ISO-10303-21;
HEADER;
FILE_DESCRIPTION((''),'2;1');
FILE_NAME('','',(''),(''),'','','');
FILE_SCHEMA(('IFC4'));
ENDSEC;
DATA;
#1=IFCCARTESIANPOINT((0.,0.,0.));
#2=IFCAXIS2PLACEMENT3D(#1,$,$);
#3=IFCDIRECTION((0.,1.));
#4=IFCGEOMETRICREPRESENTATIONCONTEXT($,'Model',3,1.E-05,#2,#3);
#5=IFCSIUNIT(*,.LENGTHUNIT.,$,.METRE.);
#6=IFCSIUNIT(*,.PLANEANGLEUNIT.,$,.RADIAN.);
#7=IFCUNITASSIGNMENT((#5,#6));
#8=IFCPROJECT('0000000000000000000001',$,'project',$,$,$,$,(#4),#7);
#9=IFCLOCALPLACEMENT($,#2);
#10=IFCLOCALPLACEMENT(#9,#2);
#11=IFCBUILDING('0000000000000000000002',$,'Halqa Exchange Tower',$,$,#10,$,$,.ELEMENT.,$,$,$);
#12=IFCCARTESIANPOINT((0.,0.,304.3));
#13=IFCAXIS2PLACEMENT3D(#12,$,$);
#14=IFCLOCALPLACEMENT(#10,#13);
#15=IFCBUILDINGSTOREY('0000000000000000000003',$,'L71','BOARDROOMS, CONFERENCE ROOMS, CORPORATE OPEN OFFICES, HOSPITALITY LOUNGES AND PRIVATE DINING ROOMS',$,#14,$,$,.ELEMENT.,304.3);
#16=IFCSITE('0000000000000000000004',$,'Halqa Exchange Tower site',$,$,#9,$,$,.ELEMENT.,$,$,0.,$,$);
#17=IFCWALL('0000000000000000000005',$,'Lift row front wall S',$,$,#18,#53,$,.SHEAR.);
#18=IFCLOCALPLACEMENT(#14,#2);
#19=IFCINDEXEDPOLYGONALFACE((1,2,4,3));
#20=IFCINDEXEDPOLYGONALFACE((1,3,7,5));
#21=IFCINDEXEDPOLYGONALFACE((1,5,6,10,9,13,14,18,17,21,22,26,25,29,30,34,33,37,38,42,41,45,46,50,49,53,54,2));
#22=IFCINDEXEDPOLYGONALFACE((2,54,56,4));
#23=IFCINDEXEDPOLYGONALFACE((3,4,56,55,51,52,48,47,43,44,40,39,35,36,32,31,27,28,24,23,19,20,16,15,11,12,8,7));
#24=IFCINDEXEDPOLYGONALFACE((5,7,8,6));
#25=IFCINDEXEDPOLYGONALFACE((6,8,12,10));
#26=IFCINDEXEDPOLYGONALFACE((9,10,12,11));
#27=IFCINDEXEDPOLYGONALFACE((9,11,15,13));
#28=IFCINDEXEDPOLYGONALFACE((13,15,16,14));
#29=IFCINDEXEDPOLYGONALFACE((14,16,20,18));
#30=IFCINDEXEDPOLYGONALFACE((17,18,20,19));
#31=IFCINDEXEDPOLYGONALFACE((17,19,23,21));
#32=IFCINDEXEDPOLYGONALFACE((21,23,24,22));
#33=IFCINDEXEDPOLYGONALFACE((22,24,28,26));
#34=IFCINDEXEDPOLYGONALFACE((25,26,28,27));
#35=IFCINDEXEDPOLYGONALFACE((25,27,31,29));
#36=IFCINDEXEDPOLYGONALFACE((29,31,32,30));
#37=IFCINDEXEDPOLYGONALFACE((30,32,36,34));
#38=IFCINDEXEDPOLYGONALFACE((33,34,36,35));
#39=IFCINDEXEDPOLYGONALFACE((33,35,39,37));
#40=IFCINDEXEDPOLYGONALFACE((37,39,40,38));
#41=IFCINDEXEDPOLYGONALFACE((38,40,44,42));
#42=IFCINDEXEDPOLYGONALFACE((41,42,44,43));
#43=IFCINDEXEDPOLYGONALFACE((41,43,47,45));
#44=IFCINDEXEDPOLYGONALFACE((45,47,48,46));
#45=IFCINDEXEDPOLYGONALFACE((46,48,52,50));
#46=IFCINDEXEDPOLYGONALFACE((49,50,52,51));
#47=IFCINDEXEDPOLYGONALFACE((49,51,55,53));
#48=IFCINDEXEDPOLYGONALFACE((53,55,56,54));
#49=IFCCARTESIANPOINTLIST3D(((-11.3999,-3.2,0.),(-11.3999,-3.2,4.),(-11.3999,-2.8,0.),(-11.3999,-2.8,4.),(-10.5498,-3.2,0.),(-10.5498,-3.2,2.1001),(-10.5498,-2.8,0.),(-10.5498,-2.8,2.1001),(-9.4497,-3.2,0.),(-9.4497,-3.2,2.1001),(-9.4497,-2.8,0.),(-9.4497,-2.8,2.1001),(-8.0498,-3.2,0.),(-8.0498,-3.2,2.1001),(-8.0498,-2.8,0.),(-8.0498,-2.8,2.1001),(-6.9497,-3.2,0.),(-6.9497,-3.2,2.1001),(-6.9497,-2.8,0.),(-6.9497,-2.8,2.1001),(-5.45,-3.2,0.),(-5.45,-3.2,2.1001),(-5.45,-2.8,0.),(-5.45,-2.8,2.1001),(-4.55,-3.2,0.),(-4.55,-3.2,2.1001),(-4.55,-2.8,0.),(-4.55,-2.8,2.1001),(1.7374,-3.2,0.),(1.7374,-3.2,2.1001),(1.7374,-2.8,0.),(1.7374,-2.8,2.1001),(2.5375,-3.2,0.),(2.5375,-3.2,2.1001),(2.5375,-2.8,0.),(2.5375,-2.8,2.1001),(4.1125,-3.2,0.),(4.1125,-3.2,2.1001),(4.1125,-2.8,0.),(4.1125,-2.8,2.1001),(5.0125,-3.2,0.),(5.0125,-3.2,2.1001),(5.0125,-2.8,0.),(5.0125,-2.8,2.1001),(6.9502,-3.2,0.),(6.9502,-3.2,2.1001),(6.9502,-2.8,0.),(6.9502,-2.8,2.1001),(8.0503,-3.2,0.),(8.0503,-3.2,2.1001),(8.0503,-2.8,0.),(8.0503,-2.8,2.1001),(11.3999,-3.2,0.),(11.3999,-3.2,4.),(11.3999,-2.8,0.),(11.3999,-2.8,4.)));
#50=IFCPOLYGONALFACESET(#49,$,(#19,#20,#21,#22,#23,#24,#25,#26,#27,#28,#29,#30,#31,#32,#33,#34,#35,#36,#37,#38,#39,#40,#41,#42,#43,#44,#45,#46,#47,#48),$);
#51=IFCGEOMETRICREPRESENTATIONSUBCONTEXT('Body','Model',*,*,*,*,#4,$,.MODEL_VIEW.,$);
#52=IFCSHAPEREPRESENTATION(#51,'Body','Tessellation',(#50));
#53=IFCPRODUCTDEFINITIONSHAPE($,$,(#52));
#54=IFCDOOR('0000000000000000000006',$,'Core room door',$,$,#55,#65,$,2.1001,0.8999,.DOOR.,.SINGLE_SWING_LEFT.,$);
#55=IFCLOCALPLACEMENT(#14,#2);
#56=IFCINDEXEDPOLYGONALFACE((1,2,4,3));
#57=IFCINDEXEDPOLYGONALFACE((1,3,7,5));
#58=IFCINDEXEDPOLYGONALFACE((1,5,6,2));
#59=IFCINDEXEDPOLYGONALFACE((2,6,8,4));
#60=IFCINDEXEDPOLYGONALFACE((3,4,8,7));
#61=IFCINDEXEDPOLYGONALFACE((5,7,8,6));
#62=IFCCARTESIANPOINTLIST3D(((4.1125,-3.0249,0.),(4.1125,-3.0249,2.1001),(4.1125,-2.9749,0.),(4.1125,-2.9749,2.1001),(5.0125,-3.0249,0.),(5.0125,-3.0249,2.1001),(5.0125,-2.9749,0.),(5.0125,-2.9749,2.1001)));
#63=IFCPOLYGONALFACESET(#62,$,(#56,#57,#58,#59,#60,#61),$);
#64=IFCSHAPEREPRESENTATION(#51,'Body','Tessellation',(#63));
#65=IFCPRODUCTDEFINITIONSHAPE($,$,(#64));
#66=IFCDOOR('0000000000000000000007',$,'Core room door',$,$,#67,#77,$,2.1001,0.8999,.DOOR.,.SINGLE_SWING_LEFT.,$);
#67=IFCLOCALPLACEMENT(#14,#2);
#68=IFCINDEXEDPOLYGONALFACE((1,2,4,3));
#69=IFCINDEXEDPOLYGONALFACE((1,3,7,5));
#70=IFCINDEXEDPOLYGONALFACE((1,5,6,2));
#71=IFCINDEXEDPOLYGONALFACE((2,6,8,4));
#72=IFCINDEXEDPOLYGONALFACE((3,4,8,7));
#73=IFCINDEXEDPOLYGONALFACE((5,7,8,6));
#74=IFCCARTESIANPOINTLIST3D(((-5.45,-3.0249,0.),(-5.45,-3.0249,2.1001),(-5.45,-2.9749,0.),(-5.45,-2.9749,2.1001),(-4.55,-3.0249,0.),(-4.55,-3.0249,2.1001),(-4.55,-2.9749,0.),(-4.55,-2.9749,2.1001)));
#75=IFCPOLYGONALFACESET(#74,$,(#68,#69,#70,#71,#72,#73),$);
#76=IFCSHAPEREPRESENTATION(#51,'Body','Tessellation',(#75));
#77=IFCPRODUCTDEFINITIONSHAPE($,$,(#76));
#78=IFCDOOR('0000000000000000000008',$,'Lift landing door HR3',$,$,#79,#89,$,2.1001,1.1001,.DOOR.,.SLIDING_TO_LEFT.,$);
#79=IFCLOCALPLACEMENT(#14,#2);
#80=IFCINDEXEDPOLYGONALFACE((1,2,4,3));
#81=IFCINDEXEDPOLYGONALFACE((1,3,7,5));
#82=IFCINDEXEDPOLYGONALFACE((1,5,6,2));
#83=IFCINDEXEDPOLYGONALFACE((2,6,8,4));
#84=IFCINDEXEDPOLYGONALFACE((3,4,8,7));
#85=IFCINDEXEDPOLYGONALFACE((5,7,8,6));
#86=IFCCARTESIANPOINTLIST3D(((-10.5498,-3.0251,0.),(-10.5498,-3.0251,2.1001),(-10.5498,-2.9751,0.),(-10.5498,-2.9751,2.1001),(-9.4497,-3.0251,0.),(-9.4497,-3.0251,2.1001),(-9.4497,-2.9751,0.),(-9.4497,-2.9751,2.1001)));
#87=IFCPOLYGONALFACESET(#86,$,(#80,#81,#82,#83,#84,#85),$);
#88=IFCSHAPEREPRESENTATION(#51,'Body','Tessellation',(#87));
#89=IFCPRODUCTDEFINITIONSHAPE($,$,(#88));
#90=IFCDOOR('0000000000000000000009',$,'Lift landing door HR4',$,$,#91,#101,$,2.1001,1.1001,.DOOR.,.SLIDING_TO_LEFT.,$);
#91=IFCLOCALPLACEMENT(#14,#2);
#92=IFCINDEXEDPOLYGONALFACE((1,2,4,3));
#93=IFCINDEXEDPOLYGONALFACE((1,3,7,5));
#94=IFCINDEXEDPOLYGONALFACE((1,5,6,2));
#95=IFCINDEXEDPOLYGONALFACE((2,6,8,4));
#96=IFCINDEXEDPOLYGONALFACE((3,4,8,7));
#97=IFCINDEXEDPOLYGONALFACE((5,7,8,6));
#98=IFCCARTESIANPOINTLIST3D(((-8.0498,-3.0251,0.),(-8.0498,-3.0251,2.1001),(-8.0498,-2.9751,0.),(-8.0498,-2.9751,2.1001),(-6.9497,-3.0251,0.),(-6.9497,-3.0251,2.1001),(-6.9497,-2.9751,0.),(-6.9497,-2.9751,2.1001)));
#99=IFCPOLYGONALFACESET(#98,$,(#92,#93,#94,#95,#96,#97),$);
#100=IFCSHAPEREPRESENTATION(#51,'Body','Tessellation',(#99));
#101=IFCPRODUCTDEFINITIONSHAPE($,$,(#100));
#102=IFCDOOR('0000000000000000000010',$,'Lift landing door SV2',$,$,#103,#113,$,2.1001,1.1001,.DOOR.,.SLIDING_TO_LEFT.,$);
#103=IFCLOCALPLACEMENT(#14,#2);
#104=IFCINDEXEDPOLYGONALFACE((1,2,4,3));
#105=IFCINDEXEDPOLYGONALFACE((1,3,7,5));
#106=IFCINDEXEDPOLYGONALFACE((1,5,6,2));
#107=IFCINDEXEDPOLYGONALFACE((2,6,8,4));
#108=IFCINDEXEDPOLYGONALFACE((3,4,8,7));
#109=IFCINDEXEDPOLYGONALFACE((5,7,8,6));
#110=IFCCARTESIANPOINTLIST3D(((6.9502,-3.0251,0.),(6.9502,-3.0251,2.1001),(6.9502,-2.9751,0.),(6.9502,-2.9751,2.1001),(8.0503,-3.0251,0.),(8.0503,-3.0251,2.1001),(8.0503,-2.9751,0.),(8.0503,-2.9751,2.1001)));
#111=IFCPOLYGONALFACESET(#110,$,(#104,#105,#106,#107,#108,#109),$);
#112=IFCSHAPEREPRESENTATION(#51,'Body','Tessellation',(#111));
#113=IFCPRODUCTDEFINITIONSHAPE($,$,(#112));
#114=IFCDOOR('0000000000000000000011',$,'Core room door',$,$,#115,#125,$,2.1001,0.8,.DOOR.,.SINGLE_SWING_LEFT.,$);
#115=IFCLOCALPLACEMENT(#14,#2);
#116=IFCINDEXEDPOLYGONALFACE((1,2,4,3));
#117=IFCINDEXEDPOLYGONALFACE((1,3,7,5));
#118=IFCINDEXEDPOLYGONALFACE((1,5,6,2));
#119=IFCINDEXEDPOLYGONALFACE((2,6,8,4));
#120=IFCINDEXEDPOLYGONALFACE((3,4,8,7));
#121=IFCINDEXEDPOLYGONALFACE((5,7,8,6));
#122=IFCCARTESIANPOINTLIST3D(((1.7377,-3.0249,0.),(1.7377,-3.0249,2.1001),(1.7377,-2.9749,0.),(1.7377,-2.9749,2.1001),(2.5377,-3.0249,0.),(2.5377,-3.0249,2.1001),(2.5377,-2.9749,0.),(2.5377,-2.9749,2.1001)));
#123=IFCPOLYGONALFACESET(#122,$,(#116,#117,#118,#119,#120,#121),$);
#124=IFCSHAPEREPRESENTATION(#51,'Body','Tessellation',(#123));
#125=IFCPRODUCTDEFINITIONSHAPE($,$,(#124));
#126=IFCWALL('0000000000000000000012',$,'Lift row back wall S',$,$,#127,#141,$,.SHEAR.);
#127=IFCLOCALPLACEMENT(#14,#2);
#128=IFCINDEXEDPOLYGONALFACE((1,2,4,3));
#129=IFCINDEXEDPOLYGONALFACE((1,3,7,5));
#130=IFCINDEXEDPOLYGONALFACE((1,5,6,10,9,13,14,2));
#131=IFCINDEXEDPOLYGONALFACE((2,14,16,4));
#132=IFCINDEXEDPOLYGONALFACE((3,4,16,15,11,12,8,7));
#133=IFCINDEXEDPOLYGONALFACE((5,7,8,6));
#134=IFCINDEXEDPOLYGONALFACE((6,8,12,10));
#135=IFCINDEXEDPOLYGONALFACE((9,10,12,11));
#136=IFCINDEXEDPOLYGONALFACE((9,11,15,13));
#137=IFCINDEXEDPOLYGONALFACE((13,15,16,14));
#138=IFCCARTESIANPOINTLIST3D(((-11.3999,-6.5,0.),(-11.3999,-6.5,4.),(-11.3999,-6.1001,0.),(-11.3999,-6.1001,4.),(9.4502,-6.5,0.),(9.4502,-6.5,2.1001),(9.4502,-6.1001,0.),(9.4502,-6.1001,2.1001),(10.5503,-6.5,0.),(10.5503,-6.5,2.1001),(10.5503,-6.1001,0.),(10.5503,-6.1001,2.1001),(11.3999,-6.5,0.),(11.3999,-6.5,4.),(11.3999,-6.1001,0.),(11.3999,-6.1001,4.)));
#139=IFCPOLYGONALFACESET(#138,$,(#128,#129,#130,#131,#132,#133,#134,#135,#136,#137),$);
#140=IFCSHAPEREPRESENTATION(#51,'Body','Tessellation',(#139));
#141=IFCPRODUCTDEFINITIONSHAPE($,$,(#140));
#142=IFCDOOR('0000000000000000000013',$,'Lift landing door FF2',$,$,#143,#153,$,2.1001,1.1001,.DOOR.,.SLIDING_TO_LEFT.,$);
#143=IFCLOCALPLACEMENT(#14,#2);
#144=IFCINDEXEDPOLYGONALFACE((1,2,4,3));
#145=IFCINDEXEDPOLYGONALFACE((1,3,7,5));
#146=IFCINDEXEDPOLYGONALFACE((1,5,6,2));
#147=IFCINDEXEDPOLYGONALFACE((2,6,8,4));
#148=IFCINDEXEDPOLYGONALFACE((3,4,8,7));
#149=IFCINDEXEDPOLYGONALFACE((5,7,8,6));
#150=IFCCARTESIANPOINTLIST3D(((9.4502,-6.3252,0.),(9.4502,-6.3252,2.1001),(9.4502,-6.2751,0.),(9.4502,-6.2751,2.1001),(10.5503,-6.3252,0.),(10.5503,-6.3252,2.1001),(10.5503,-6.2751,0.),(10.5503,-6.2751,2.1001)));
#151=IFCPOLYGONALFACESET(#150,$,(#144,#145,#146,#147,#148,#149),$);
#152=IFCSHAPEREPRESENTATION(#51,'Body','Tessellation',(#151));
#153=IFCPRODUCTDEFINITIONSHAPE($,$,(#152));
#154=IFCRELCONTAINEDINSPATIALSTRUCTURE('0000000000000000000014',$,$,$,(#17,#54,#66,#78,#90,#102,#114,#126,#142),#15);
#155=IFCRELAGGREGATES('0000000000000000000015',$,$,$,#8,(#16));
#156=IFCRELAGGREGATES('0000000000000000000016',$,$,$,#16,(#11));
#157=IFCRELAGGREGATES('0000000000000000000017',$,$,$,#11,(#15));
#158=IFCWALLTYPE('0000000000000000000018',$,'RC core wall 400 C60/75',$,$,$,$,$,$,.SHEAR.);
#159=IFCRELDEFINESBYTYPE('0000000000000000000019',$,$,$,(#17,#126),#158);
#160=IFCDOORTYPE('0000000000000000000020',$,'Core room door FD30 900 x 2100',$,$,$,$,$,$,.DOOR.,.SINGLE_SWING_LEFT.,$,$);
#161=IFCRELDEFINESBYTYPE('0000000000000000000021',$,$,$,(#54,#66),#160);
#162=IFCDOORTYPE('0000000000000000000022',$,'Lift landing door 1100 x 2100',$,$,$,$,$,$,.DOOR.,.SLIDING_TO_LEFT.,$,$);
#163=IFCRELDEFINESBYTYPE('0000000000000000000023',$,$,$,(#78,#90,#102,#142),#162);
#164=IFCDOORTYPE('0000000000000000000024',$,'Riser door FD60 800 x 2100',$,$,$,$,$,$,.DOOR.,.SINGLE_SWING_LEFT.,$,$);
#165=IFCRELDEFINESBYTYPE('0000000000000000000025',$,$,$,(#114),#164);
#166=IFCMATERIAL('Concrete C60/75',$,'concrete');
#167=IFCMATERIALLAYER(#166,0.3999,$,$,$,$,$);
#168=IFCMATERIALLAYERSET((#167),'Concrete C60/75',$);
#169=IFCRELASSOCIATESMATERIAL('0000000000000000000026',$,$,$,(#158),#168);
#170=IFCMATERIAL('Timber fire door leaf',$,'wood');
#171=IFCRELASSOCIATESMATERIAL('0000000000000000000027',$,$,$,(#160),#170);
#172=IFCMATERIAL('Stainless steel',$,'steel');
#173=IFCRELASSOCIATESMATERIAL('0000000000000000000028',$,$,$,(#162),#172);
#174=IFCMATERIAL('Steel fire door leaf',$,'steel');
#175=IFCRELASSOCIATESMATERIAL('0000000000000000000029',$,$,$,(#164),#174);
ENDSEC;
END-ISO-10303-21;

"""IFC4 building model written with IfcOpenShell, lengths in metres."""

from ifc_helpers import new_model, si_unit, direction, frame, frame_2d, origin, place, context, subcontext, project, spatial, rectangle, extrude, material, layer, layer_set, type_object, element, fill, save


model = new_model("IFC4")

# Units and contexts
model_context = context("Model", 3, precision=1e-05, world=origin(), true_north=direction((0.0, 1.0)))
body_context = subcontext(model_context, "Body", "Model", "MODEL_VIEW")
ifc_project = project(units=[si_unit("LENGTHUNIT", "METRE"), si_unit("PLANEANGLEUNIT", "RADIAN")], contexts=[model_context])

# Site, building, storey
site_placement = place(None, origin())
site = spatial("IfcSite", under=ifc_project, at=site_placement, Name="Halqa Exchange Tower site", CompositionType="ELEMENT", RefElevation=0.0)
building_placement = place(site_placement, origin())
building = spatial("IfcBuilding", under=site, at=building_placement, Name="Halqa Exchange Tower", CompositionType="ELEMENT")
storey_placement = place(building_placement, frame((0.0, 0.0, 304.3)))
storey = spatial("IfcBuildingStorey", under=building, at=storey_placement, Name="L71", Description="BOARDROOMS, CONFERENCE ROOMS, CORPORATE OPEN OFFICES, HOSPITALITY LOUNGES AND PRIVATE DINING ROOMS", CompositionType="ELEMENT", Elevation=304.3)

# Shared definitions
ifc_material_1 = material(Name="Concrete C60/75", Category="concrete")

# Wall, openings, doors
ifc_layer_1 = layer(ifc_material_1, 0.3999)
ifc_layer_set_1 = layer_set([ifc_layer_1], Name="Concrete C60/75")
wall_type_1 = type_object("IfcWallType", Name="RC core wall 400 C60/75", PredefinedType="SHEAR", material=ifc_layer_set_1)
wall_1_placement = place(storey_placement, frame((-11.3999, -3.0, 0.0), z_axis=(0.0, 0.0, 1.0), x_axis=(1.0, 0.0, 0.0)))
wall_1 = element("IfcWall", 1, at=wall_1_placement, inside=storey, type_object=wall_type_1, Name="Lift row front wall S", PredefinedType="SHEAR", context=body_context, shape_type="SweptSolid", body=[
    extrude(rectangle(XDim=22.7998, YDim=0.3999, at=frame_2d((11.3999, 0.0))), origin(), (0.0, 0.0, 1.0), 4.0),
])
opening_1_placement = place(wall_1_placement, frame((0.8501, 0.0, 0.0)))
opening_1 = element("IfcOpeningElement", 2, at=opening_1_placement, cuts=wall_1, PredefinedType="OPENING", context=body_context, shape_type="SweptSolid", body=[
    extrude(rectangle(XDim=1.1001, YDim=2.1001, at=frame_2d((0.55, 1.05))), frame((0.0, 0.2119, 0.0), z_axis=(0.0, -1.0, 0.0), x_axis=(1.0, 0.0, 0.0)), (0.0, 0.0, 1.0), 0.4238),
])
opening_2_placement = place(wall_1_placement, frame((3.3501, 0.0, 0.0)))
opening_2 = element("IfcOpeningElement", 3, at=opening_2_placement, cuts=wall_1, PredefinedType="OPENING", context=body_context, shape_type="SweptSolid", body=[
    extrude(rectangle(XDim=1.1001, YDim=2.1001, at=frame_2d((0.55, 1.05))), frame((0.0, 0.2119, 0.0), z_axis=(0.0, -1.0, 0.0), x_axis=(1.0, 0.0, 0.0)), (0.0, 0.0, 1.0), 0.4238),
])
opening_3_placement = place(wall_1_placement, frame((18.3501, 0.0, 0.0)))
opening_3 = element("IfcOpeningElement", 4, at=opening_3_placement, cuts=wall_1, PredefinedType="OPENING", context=body_context, shape_type="SweptSolid", body=[
    extrude(rectangle(XDim=1.1001, YDim=2.1001, at=frame_2d((0.55, 1.05))), frame((0.0, 0.2119, 0.0), z_axis=(0.0, -1.0, 0.0), x_axis=(1.0, 0.0, 0.0)), (0.0, 0.0, 1.0), 0.4238),
])
opening_4_placement = place(wall_1_placement, frame((13.1375, 0.0, 0.0)))
opening_4 = element("IfcOpeningElement", 5, at=opening_4_placement, cuts=wall_1, PredefinedType="OPENING", context=body_context, shape_type="SweptSolid", body=[
    extrude(rectangle(XDim=0.8, YDim=2.1001, at=frame_2d((0.3999, 1.05))), frame((0.0, 0.2119, 0.0), z_axis=(0.0, -1.0, 0.0), x_axis=(1.0, 0.0, 0.0)), (0.0, 0.0, 1.0), 0.4238),
])
opening_5_placement = place(wall_1_placement, frame((15.5125, 0.0, 0.0)))
opening_5 = element("IfcOpeningElement", 6, at=opening_5_placement, cuts=wall_1, PredefinedType="OPENING", context=body_context, shape_type="SweptSolid", body=[
    extrude(rectangle(XDim=0.8999, YDim=2.1001, at=frame_2d((0.45, 1.05))), frame((0.0, 0.2119, 0.0), z_axis=(0.0, -1.0, 0.0), x_axis=(1.0, 0.0, 0.0)), (0.0, 0.0, 1.0), 0.4238),
])
opening_6_placement = place(wall_1_placement, frame((5.95, 0.0, 0.0)))
opening_6 = element("IfcOpeningElement", 7, at=opening_6_placement, cuts=wall_1, PredefinedType="OPENING", context=body_context, shape_type="SweptSolid", body=[
    extrude(rectangle(XDim=0.8999, YDim=2.1001, at=frame_2d((0.45, 1.05))), frame((0.0, 0.2119, 0.0), z_axis=(0.0, -1.0, 0.0), x_axis=(1.0, 0.0, 0.0)), (0.0, 0.0, 1.0), 0.4238),
])
ifc_material_2 = material(Name="Timber fire door leaf", Category="wood")
door_type_1 = type_object("IfcDoorType", Name="Core room door FD30 900 x 2100", OperationType="SINGLE_SWING_LEFT", PredefinedType="DOOR", material=ifc_material_2)
door_1_placement = place(opening_5_placement, frame((0.8999, 0.0, 0.0), z_axis=(0.0, 0.0, 1.0), x_axis=(-1.0, 0.0, 0.0)))
door_1 = element("IfcDoor", 8, at=door_1_placement, inside=storey, type_object=door_type_1, Name="Core room door", OperationType="SINGLE_SWING_LEFT", OverallHeight=2.1001, OverallWidth=0.8999, PredefinedType="DOOR", context=body_context, shape_type="SweptSolid", body=[
    extrude(rectangle(XDim=0.8999, YDim=2.1001, at=frame_2d((0.45, 1.05))), frame((0.0, 0.0249, 0.0), z_axis=(0.0, -1.0, 0.0), x_axis=(1.0, 0.0, 0.0)), (0.0, 0.0, 1.0), 0.05),
])
fill(opening_5, door_1)
door_2_placement = place(opening_6_placement, frame((0.8999, 0.0, 0.0), z_axis=(0.0, 0.0, 1.0), x_axis=(-1.0, 0.0, 0.0)))
door_2 = element("IfcDoor", 9, at=door_2_placement, inside=storey, type_object=door_type_1, Name="Core room door", OperationType="SINGLE_SWING_LEFT", OverallHeight=2.1001, OverallWidth=0.8999, PredefinedType="DOOR", context=body_context, shape_type="SweptSolid", body=[
    extrude(rectangle(XDim=0.8999, YDim=2.1001, at=frame_2d((0.45, 1.05))), frame((0.0, 0.0249, 0.0), z_axis=(0.0, -1.0, 0.0), x_axis=(1.0, 0.0, 0.0)), (0.0, 0.0, 1.0), 0.05),
])
fill(opening_6, door_2)
ifc_material_3 = material(Name="Stainless steel", Category="steel")
door_type_2 = type_object("IfcDoorType", Name="Lift landing door 1100 x 2100", OperationType="SLIDING_TO_LEFT", PredefinedType="DOOR", material=ifc_material_3)
door_3_placement = place(opening_1_placement, origin())
door_3 = element("IfcDoor", 10, at=door_3_placement, inside=storey, type_object=door_type_2, Name="Lift landing door HR3", OperationType="SLIDING_TO_LEFT", OverallHeight=2.1001, OverallWidth=1.1001, PredefinedType="DOOR", context=body_context, shape_type="SweptSolid", body=[
    extrude(rectangle(XDim=1.1001, YDim=2.1001, at=frame_2d((0.55, 1.05))), frame((0.0, 0.0249, 0.0), z_axis=(0.0, -1.0, 0.0), x_axis=(1.0, 0.0, 0.0)), (0.0, 0.0, 1.0), 0.05),
])
fill(opening_1, door_3)
door_4_placement = place(opening_2_placement, origin())
door_4 = element("IfcDoor", 11, at=door_4_placement, inside=storey, type_object=door_type_2, Name="Lift landing door HR4", OperationType="SLIDING_TO_LEFT", OverallHeight=2.1001, OverallWidth=1.1001, PredefinedType="DOOR", context=body_context, shape_type="SweptSolid", body=[
    extrude(rectangle(XDim=1.1001, YDim=2.1001, at=frame_2d((0.55, 1.05))), frame((0.0, 0.0249, 0.0), z_axis=(0.0, -1.0, 0.0), x_axis=(1.0, 0.0, 0.0)), (0.0, 0.0, 1.0), 0.05),
])
fill(opening_2, door_4)
door_5_placement = place(opening_3_placement, origin())
door_5 = element("IfcDoor", 12, at=door_5_placement, inside=storey, type_object=door_type_2, Name="Lift landing door SV2", OperationType="SLIDING_TO_LEFT", OverallHeight=2.1001, OverallWidth=1.1001, PredefinedType="DOOR", context=body_context, shape_type="SweptSolid", body=[
    extrude(rectangle(XDim=1.1001, YDim=2.1001, at=frame_2d((0.55, 1.05))), frame((0.0, 0.0249, 0.0), z_axis=(0.0, -1.0, 0.0), x_axis=(1.0, 0.0, 0.0)), (0.0, 0.0, 1.0), 0.05),
])
fill(opening_3, door_5)
ifc_material_4 = material(Name="Steel fire door leaf", Category="steel")
door_type_3 = type_object("IfcDoorType", Name="Riser door FD60 800 x 2100", OperationType="SINGLE_SWING_LEFT", PredefinedType="DOOR", material=ifc_material_4)
door_6_placement = place(opening_4_placement, frame((0.8, 0.0, 0.0), z_axis=(0.0, 0.0, 1.0), x_axis=(-1.0, 0.0, 0.0)))
door_6 = element("IfcDoor", 13, at=door_6_placement, inside=storey, type_object=door_type_3, Name="Core room door", OperationType="SINGLE_SWING_LEFT", OverallHeight=2.1001, OverallWidth=0.8, PredefinedType="DOOR", context=body_context, shape_type="SweptSolid", body=[
    extrude(rectangle(XDim=0.8, YDim=2.1001, at=frame_2d((0.3999, 1.05))), frame((0.0, 0.0249, 0.0), z_axis=(0.0, -1.0, 0.0), x_axis=(1.0, 0.0, 0.0)), (0.0, 0.0, 1.0), 0.05),
])
fill(opening_4, door_6)

# Wall, opening, door
wall_2_placement = place(storey_placement, frame((-11.3999, -6.3, 0.0), z_axis=(0.0, 0.0, 1.0), x_axis=(1.0, 0.0, 0.0)))
wall_2 = element("IfcWall", 14, at=wall_2_placement, inside=storey, type_object=wall_type_1, Name="Lift row back wall S", PredefinedType="SHEAR", context=body_context, shape_type="SweptSolid", body=[
    extrude(rectangle(XDim=22.7998, YDim=0.3999, at=frame_2d((11.3999, 0.0))), origin(), (0.0, 0.0, 1.0), 4.0),
])
opening_7_placement = place(wall_2_placement, frame((20.8501, 0.0, 0.0)))
opening_7 = element("IfcOpeningElement", 15, at=opening_7_placement, cuts=wall_2, PredefinedType="OPENING", context=body_context, shape_type="SweptSolid", body=[
    extrude(rectangle(XDim=1.1001, YDim=2.1001, at=frame_2d((0.55, 1.05))), frame((0.0, 0.2119, 0.0), z_axis=(0.0, -1.0, 0.0), x_axis=(1.0, 0.0, 0.0)), (0.0, 0.0, 1.0), 0.4238),
])
door_7_placement = place(opening_7_placement, origin())
door_7 = element("IfcDoor", 16, at=door_7_placement, inside=storey, type_object=door_type_2, Name="Lift landing door FF2", OperationType="SLIDING_TO_LEFT", OverallHeight=2.1001, OverallWidth=1.1001, PredefinedType="DOOR", context=body_context, shape_type="SweptSolid", body=[
    extrude(rectangle(XDim=1.1001, YDim=2.1001, at=frame_2d((0.55, 1.05))), frame((0.0, 0.0249, 0.0), z_axis=(0.0, -1.0, 0.0), x_axis=(1.0, 0.0, 0.0)), (0.0, 0.0, 1.0), 0.05),
])
fill(opening_7, door_7)

save(model, "model.ifc")
